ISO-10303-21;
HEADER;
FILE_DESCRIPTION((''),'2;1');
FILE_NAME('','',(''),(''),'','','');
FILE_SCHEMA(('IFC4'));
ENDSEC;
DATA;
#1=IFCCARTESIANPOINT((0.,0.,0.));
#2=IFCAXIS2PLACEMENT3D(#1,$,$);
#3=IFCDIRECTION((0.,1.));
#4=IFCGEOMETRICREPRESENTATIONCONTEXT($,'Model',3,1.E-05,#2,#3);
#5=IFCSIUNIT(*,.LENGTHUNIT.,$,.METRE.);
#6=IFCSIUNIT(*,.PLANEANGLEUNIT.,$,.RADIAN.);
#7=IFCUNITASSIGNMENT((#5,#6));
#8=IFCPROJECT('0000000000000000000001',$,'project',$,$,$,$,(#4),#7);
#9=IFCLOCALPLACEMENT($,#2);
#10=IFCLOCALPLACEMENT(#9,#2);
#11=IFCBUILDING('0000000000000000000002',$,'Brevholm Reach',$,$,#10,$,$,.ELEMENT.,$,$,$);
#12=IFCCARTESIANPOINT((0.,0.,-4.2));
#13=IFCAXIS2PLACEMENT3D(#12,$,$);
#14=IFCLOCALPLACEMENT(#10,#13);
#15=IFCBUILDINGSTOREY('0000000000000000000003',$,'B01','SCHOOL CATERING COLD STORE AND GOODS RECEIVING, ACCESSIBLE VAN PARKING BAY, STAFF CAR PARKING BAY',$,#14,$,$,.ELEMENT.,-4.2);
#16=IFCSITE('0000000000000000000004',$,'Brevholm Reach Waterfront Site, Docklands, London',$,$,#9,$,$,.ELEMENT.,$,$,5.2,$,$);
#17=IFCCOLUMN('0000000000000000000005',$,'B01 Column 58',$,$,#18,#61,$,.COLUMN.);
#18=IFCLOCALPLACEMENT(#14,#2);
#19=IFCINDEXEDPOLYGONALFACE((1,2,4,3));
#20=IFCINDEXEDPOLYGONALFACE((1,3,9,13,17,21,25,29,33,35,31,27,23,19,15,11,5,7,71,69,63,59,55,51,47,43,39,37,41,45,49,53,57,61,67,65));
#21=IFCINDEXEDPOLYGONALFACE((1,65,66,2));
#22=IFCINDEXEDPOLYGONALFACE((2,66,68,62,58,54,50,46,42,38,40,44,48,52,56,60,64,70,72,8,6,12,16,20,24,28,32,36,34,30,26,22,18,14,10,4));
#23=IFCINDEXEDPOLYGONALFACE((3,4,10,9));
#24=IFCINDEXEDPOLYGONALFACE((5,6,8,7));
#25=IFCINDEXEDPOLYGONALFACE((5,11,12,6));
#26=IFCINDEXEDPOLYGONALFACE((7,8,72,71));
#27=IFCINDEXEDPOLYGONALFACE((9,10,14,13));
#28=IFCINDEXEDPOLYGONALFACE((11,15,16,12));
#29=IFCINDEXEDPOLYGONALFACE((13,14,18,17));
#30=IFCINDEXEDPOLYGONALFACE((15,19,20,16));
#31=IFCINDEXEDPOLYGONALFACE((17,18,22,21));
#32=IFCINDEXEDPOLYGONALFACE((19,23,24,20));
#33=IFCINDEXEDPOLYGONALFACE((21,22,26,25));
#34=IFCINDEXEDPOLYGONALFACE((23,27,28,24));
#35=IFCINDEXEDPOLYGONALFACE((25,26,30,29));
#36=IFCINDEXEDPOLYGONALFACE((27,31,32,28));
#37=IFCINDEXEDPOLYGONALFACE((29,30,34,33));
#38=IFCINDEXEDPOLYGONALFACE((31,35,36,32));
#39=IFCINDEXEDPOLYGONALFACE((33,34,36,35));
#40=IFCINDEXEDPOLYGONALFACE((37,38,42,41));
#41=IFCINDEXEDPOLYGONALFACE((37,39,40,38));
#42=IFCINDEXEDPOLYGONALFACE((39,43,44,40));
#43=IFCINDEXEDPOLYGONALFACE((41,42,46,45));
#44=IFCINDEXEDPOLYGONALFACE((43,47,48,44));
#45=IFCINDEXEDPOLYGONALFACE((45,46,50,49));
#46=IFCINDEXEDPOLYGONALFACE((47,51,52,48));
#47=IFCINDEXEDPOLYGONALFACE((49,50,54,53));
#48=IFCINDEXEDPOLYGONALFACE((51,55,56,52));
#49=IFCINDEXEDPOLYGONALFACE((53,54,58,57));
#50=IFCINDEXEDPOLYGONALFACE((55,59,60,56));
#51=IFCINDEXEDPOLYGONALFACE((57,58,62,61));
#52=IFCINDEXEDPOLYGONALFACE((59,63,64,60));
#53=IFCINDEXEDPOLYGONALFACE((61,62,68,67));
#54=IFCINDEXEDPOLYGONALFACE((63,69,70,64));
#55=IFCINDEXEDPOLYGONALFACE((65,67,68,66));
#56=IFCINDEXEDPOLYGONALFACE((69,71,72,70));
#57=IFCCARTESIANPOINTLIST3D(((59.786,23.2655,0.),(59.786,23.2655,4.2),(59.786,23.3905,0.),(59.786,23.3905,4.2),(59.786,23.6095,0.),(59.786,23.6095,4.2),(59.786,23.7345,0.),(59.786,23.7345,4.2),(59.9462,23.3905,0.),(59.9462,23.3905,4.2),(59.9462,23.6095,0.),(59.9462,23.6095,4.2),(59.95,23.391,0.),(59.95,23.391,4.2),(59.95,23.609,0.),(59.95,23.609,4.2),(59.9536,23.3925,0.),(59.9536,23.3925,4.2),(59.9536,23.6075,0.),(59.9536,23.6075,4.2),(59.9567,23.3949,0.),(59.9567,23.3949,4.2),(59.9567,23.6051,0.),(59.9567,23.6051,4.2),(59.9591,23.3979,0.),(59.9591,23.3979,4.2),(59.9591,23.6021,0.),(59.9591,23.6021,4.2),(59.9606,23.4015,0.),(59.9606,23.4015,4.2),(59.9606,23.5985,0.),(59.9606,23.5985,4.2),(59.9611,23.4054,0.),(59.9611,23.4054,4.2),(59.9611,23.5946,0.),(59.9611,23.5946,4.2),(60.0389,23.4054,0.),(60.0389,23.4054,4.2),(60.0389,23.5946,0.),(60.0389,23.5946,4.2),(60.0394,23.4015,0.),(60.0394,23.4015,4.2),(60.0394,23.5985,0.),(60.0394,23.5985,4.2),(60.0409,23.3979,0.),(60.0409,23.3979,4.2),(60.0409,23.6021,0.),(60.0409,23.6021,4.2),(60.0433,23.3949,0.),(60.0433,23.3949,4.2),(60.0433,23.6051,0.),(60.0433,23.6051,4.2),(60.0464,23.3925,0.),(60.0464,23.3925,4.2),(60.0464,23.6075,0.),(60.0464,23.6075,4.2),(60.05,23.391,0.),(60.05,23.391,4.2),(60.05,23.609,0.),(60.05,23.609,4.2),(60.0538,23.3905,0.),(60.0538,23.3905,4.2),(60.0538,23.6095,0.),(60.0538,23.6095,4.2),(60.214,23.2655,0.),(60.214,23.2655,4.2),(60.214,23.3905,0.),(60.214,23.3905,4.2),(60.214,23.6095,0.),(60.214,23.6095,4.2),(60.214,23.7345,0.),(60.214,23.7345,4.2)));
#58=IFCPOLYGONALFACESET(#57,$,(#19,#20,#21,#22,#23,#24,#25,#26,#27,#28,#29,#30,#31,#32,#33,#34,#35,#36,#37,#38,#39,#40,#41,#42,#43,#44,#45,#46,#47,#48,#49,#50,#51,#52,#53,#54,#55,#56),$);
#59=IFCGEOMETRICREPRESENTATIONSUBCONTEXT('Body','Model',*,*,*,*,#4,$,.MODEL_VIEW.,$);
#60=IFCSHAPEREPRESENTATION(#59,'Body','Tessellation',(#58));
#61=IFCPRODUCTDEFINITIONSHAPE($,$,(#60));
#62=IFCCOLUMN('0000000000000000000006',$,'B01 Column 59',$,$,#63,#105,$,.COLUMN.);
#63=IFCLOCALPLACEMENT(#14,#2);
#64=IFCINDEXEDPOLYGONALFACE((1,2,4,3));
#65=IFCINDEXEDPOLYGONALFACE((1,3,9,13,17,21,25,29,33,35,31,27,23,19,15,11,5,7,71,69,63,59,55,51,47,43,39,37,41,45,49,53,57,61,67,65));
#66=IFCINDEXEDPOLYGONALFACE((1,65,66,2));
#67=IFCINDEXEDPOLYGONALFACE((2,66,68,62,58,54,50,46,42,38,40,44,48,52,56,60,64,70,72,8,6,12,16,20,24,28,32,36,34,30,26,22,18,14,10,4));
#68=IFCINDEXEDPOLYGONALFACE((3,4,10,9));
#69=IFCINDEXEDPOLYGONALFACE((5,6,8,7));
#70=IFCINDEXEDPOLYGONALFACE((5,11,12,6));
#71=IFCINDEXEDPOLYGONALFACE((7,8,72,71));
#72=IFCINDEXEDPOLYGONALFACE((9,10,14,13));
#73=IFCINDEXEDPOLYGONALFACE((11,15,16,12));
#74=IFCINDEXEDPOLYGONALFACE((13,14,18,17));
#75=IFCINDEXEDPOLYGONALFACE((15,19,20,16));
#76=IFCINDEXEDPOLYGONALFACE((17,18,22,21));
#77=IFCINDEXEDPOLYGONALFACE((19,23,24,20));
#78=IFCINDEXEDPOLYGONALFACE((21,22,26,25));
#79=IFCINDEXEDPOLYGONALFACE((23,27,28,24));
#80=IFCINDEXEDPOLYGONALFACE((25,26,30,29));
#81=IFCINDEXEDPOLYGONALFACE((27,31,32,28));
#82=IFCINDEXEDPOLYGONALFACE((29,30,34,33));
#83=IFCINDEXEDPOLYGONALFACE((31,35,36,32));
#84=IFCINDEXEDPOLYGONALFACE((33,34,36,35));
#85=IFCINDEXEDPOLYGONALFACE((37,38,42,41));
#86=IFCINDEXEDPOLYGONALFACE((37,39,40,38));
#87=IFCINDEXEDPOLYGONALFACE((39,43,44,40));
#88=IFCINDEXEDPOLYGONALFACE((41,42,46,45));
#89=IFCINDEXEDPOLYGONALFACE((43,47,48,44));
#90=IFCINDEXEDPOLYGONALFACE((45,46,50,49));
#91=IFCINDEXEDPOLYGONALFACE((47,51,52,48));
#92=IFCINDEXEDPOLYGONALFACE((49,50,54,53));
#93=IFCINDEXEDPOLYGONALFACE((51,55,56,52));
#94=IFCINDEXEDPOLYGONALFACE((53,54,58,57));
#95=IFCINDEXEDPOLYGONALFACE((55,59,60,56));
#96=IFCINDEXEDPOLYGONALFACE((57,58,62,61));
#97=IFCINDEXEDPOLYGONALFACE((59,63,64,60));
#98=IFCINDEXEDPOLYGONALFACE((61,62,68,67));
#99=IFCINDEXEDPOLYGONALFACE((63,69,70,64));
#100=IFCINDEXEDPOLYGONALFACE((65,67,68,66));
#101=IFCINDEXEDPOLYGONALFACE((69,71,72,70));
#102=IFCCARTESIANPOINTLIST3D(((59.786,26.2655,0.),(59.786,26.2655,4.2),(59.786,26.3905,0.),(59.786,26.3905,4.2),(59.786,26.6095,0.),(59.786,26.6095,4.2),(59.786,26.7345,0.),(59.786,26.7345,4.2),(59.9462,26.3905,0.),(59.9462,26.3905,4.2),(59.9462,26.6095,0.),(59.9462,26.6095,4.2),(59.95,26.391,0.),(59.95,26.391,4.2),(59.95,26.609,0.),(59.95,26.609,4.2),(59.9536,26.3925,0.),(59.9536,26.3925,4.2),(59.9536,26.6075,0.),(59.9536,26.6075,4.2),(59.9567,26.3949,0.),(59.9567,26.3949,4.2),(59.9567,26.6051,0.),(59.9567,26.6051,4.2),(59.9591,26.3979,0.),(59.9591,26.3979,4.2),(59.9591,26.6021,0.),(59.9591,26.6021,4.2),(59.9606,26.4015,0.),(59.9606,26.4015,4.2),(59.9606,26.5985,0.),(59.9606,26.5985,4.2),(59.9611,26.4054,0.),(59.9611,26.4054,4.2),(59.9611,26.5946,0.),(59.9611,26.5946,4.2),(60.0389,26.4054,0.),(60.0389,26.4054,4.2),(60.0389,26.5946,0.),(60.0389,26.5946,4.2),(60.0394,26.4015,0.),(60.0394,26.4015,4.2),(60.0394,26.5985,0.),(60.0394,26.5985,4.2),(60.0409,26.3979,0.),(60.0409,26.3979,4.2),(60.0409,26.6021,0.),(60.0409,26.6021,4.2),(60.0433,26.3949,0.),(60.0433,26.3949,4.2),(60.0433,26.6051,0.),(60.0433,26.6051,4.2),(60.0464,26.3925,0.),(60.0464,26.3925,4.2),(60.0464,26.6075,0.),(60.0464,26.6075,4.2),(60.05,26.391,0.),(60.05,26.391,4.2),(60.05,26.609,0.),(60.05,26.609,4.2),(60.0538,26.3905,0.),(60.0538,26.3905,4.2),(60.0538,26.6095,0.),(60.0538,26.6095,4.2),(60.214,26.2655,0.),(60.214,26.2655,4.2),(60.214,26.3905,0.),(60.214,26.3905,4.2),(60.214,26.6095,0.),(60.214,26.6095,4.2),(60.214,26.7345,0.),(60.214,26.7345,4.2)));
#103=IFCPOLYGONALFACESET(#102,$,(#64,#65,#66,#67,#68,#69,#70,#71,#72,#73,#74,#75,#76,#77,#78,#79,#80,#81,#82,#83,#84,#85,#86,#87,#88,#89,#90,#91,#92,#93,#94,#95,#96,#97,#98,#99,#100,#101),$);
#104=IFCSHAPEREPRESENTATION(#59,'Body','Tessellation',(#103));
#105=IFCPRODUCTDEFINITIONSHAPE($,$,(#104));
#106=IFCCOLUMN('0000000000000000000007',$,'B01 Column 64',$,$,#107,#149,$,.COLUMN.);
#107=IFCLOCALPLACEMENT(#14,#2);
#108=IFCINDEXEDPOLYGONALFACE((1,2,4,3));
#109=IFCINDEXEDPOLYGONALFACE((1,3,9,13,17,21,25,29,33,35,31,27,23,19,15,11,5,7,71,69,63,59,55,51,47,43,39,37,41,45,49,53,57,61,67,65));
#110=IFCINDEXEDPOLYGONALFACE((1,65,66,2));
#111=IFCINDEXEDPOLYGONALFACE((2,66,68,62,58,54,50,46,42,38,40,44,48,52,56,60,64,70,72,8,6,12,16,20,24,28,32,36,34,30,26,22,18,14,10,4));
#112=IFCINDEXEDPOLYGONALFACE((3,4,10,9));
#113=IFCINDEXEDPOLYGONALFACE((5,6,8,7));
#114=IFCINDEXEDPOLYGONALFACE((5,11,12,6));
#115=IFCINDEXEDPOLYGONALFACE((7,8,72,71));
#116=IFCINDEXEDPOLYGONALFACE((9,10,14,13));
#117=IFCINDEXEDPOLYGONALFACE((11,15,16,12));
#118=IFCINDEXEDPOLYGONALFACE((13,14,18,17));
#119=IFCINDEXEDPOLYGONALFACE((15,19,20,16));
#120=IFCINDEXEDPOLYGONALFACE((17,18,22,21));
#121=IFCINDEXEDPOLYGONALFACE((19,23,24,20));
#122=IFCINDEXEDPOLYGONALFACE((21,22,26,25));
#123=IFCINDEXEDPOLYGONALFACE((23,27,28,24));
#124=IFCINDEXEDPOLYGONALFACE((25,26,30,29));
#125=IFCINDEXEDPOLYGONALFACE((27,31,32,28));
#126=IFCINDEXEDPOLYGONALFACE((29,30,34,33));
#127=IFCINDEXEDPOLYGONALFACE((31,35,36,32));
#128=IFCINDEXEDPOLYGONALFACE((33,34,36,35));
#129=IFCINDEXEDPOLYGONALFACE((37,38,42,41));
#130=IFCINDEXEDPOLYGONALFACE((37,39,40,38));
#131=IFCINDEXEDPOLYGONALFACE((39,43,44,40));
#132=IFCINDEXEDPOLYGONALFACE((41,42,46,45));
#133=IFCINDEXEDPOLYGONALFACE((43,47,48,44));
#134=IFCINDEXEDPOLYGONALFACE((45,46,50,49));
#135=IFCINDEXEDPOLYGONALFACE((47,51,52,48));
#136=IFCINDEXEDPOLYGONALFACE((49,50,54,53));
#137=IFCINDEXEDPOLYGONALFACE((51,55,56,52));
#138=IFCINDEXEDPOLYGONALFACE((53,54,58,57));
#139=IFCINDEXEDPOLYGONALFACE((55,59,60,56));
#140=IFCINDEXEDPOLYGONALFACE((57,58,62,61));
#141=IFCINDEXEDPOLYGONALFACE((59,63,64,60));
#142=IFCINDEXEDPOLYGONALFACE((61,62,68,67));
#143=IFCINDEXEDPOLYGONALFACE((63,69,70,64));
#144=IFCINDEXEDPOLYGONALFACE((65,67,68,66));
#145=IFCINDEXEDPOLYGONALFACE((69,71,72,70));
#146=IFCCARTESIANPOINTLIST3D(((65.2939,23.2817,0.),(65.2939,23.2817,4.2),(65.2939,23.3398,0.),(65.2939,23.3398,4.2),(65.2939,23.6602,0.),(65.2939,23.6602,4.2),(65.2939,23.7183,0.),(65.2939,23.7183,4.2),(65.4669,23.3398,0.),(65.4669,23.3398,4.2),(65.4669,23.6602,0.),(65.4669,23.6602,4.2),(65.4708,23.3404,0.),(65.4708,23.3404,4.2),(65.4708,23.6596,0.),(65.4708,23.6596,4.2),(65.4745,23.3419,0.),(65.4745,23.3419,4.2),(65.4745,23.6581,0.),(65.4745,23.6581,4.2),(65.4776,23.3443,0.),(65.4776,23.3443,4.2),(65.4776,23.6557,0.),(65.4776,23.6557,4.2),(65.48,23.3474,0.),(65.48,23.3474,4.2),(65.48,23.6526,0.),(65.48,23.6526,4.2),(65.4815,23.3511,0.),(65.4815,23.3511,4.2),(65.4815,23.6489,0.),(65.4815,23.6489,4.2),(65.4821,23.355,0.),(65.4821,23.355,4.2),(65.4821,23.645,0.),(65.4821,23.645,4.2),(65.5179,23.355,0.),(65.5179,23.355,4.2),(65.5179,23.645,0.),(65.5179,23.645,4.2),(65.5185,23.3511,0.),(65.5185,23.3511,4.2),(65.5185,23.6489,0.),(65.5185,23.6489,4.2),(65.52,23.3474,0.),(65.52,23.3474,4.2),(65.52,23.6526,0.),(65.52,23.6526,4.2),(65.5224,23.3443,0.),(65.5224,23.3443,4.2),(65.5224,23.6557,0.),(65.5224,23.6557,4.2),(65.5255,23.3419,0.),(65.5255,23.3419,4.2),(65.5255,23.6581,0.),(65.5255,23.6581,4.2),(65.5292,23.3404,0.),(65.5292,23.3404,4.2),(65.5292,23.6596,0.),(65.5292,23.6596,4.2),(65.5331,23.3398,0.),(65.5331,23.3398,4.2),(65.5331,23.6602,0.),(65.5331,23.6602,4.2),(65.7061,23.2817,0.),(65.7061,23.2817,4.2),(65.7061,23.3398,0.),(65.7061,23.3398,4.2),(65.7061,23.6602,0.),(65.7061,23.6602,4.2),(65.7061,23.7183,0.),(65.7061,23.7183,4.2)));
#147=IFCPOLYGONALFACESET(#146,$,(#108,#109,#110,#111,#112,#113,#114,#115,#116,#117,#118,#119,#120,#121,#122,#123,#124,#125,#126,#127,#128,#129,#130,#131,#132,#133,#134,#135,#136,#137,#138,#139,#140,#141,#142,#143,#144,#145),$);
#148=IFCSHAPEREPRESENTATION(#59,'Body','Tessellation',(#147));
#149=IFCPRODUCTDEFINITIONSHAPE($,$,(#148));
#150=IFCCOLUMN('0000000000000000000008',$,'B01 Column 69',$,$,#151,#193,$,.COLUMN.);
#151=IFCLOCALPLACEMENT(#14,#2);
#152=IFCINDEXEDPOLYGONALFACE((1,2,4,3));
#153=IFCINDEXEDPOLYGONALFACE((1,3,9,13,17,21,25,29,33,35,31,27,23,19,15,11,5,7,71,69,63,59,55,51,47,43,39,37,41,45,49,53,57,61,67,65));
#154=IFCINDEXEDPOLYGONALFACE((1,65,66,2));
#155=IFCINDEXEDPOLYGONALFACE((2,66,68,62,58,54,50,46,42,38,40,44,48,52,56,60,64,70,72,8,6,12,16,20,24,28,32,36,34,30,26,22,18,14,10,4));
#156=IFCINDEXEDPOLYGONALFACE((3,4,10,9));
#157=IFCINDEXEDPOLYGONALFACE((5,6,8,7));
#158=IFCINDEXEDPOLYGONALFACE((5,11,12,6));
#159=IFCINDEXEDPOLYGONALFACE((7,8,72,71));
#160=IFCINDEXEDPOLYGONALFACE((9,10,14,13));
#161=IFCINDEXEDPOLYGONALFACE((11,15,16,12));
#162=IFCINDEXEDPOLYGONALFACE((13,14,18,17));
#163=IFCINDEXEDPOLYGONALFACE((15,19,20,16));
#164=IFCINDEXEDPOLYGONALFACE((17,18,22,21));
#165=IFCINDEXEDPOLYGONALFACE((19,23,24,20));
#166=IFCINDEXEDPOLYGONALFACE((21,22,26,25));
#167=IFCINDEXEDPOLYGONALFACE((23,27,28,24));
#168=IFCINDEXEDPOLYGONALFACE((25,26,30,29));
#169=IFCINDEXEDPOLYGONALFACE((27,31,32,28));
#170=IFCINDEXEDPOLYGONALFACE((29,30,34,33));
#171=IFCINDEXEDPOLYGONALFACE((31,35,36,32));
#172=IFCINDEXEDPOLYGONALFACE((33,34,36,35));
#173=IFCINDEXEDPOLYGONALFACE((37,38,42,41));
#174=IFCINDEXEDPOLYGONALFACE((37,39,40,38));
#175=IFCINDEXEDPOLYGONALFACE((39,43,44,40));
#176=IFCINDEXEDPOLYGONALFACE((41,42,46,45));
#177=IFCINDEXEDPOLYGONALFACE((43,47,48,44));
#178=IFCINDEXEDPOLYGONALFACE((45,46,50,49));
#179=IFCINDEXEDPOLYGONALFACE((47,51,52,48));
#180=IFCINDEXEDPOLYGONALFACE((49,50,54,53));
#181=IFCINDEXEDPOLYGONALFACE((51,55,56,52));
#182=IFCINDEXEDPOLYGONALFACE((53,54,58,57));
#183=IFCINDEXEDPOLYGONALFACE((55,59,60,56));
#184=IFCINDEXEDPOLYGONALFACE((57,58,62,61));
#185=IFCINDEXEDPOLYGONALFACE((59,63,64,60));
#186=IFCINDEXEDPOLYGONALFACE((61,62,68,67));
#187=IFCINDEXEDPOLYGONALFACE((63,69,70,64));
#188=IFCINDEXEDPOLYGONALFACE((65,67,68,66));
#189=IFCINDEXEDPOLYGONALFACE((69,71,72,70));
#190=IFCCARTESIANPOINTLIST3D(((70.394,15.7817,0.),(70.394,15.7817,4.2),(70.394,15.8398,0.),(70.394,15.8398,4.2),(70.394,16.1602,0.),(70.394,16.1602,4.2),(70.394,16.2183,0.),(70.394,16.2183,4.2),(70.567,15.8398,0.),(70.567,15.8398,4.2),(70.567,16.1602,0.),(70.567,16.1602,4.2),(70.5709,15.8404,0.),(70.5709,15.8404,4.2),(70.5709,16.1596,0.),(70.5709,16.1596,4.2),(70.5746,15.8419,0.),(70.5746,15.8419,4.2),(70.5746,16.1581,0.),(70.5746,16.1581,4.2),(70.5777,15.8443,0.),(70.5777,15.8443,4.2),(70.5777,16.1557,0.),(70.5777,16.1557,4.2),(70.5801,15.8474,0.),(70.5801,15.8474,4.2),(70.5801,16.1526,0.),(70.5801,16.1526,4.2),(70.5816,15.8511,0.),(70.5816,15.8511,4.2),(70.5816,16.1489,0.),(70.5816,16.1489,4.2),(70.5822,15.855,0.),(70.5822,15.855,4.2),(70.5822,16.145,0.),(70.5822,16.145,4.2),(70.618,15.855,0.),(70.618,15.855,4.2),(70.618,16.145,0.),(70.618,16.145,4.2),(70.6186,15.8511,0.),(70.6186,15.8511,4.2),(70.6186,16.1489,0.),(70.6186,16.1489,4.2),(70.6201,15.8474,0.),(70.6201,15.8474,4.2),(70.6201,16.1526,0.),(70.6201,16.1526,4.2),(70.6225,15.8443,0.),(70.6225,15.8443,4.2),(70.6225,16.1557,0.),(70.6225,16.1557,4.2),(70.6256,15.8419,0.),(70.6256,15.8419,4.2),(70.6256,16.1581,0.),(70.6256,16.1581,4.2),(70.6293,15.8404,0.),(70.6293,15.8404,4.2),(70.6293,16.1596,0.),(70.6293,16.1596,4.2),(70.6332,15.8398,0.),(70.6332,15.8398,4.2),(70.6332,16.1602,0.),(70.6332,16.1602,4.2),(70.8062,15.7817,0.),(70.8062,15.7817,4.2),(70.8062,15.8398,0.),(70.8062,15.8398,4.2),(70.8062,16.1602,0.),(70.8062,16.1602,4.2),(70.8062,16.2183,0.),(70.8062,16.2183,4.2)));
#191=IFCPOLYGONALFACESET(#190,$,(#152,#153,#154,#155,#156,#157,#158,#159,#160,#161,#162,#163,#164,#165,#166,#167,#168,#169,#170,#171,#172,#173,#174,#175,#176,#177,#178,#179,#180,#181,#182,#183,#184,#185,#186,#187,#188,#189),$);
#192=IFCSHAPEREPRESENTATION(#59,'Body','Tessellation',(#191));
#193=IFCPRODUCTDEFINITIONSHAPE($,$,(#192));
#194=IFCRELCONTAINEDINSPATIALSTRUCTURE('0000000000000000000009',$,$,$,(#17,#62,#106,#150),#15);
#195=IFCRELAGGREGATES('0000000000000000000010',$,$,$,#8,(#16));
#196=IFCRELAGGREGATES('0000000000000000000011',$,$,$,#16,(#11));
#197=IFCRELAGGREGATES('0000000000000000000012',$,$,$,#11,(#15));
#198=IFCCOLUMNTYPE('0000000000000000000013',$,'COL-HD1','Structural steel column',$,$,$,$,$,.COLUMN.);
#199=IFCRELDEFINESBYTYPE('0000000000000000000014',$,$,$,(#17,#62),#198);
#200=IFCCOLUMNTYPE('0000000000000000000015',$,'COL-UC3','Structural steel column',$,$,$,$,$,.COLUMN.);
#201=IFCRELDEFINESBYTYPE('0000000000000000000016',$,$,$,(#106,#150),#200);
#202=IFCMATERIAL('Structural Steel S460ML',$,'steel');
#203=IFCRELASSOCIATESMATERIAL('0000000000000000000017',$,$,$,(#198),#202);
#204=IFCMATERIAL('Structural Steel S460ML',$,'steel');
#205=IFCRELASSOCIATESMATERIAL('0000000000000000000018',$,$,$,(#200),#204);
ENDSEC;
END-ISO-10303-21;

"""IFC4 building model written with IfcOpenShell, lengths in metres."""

from ifc_helpers import new_model, si_unit, direction, frame, origin, origin_2d, place, context, subcontext, project, spatial, i_section, extrude, material, material_profile, profile_set, type_object, element, save


model = new_model("IFC4")

# Units and contexts
model_context = context("Model", 3, precision=1e-05, world=origin(), true_north=direction((0.0, 1.0)))
body_context = subcontext(model_context, "Body", "Model", "MODEL_VIEW")
ifc_project = project(units=[si_unit("LENGTHUNIT", "METRE"), si_unit("PLANEANGLEUNIT", "RADIAN")], contexts=[model_context])

# Site, building, storey
site_placement = place(None, origin())
site = spatial("IfcSite", under=ifc_project, at=site_placement, Name="Brevholm Reach Waterfront Site, Docklands, London", CompositionType="ELEMENT", RefElevation=5.2)
building_placement = place(site_placement, origin())
building = spatial("IfcBuilding", under=site, at=building_placement, Name="Brevholm Reach", CompositionType="ELEMENT")
storey_placement = place(building_placement, frame((0.0, 0.0, -4.2)))
storey = spatial("IfcBuildingStorey", under=building, at=storey_placement, Name="B01", Description="SCHOOL CATERING COLD STORE AND GOODS RECEIVING, ACCESSIBLE VAN PARKING BAY, STAFF CAR PARKING BAY", CompositionType="ELEMENT", Elevation=-4.2)

# Columns
ifc_material_1 = material(Name="Structural Steel S460ML", Category="steel")
ifc_material_profile_1 = material_profile(ifc_material_1, i_section(OverallWidth=0.428, OverallDepth=0.469, WebThickness=0.0779, FlangeThickness=0.125, FilletRadius=0.0149, at=origin_2d()), Name="HD 400x1086")
ifc_profile_set_1 = profile_set([ifc_material_profile_1], Name="Structural Steel S460ML")
column_type_1 = type_object("IfcColumnType", Name="COL-HD1", Description="Structural steel column", PredefinedType="COLUMN", material=ifc_profile_set_1)
for number, where, z_axis, x_axis, name in (
    (1, (60.0, 23.5, 0.0), (0.0, 0.0, 1.0), (1.0, 0.0, 0.0), "B01 Column 58"),
    (2, (60.0, 26.5, 0.0), (0.0, 0.0, 1.0), (1.0, 0.0, 0.0), "B01 Column 59"),
):
    element("IfcColumn", number, at=place(storey_placement, frame(where, z_axis=z_axis, x_axis=x_axis)), inside=storey, type_object=column_type_1, Name=name, PredefinedType="COLUMN", context=body_context, shape_type="SweptSolid", body=[
        extrude(i_section(OverallWidth=0.428, OverallDepth=0.469, WebThickness=0.0779, FlangeThickness=0.125, FilletRadius=0.0149, at=origin_2d()), origin(), (0.0, 0.0, 1.0), 4.2),
    ])
ifc_material_2 = material(Name="Structural Steel S460ML", Category="steel")
ifc_material_profile_2 = material_profile(ifc_material_2, i_section(OverallWidth=0.4121, OverallDepth=0.4365, WebThickness=0.0359, FlangeThickness=0.0581, FilletRadius=0.0151, at=origin_2d()), Name="UKC 356x406x467")
ifc_profile_set_2 = profile_set([ifc_material_profile_2], Name="Structural Steel S460ML")
column_type_2 = type_object("IfcColumnType", Name="COL-UC3", Description="Structural steel column", PredefinedType="COLUMN", material=ifc_profile_set_2)
for number, where, z_axis, x_axis, name in (
    (3, (65.5, 23.5, 0.0), (0.0, 0.0, 1.0), (1.0, 0.0, 0.0), "B01 Column 64"),
    (4, (70.6001, 16.0, 0.0), (0.0, 0.0, 1.0), (1.0, 0.0, 0.0), "B01 Column 69"),
):
    element("IfcColumn", number, at=place(storey_placement, frame(where, z_axis=z_axis, x_axis=x_axis)), inside=storey, type_object=column_type_2, Name=name, PredefinedType="COLUMN", context=body_context, shape_type="SweptSolid", body=[
        extrude(i_section(OverallWidth=0.4121, OverallDepth=0.4365, WebThickness=0.0359, FlangeThickness=0.0581, FilletRadius=0.0151, at=origin_2d()), origin(), (0.0, 0.0, 1.0), 4.2),
    ])

save(model, "model.ifc")
